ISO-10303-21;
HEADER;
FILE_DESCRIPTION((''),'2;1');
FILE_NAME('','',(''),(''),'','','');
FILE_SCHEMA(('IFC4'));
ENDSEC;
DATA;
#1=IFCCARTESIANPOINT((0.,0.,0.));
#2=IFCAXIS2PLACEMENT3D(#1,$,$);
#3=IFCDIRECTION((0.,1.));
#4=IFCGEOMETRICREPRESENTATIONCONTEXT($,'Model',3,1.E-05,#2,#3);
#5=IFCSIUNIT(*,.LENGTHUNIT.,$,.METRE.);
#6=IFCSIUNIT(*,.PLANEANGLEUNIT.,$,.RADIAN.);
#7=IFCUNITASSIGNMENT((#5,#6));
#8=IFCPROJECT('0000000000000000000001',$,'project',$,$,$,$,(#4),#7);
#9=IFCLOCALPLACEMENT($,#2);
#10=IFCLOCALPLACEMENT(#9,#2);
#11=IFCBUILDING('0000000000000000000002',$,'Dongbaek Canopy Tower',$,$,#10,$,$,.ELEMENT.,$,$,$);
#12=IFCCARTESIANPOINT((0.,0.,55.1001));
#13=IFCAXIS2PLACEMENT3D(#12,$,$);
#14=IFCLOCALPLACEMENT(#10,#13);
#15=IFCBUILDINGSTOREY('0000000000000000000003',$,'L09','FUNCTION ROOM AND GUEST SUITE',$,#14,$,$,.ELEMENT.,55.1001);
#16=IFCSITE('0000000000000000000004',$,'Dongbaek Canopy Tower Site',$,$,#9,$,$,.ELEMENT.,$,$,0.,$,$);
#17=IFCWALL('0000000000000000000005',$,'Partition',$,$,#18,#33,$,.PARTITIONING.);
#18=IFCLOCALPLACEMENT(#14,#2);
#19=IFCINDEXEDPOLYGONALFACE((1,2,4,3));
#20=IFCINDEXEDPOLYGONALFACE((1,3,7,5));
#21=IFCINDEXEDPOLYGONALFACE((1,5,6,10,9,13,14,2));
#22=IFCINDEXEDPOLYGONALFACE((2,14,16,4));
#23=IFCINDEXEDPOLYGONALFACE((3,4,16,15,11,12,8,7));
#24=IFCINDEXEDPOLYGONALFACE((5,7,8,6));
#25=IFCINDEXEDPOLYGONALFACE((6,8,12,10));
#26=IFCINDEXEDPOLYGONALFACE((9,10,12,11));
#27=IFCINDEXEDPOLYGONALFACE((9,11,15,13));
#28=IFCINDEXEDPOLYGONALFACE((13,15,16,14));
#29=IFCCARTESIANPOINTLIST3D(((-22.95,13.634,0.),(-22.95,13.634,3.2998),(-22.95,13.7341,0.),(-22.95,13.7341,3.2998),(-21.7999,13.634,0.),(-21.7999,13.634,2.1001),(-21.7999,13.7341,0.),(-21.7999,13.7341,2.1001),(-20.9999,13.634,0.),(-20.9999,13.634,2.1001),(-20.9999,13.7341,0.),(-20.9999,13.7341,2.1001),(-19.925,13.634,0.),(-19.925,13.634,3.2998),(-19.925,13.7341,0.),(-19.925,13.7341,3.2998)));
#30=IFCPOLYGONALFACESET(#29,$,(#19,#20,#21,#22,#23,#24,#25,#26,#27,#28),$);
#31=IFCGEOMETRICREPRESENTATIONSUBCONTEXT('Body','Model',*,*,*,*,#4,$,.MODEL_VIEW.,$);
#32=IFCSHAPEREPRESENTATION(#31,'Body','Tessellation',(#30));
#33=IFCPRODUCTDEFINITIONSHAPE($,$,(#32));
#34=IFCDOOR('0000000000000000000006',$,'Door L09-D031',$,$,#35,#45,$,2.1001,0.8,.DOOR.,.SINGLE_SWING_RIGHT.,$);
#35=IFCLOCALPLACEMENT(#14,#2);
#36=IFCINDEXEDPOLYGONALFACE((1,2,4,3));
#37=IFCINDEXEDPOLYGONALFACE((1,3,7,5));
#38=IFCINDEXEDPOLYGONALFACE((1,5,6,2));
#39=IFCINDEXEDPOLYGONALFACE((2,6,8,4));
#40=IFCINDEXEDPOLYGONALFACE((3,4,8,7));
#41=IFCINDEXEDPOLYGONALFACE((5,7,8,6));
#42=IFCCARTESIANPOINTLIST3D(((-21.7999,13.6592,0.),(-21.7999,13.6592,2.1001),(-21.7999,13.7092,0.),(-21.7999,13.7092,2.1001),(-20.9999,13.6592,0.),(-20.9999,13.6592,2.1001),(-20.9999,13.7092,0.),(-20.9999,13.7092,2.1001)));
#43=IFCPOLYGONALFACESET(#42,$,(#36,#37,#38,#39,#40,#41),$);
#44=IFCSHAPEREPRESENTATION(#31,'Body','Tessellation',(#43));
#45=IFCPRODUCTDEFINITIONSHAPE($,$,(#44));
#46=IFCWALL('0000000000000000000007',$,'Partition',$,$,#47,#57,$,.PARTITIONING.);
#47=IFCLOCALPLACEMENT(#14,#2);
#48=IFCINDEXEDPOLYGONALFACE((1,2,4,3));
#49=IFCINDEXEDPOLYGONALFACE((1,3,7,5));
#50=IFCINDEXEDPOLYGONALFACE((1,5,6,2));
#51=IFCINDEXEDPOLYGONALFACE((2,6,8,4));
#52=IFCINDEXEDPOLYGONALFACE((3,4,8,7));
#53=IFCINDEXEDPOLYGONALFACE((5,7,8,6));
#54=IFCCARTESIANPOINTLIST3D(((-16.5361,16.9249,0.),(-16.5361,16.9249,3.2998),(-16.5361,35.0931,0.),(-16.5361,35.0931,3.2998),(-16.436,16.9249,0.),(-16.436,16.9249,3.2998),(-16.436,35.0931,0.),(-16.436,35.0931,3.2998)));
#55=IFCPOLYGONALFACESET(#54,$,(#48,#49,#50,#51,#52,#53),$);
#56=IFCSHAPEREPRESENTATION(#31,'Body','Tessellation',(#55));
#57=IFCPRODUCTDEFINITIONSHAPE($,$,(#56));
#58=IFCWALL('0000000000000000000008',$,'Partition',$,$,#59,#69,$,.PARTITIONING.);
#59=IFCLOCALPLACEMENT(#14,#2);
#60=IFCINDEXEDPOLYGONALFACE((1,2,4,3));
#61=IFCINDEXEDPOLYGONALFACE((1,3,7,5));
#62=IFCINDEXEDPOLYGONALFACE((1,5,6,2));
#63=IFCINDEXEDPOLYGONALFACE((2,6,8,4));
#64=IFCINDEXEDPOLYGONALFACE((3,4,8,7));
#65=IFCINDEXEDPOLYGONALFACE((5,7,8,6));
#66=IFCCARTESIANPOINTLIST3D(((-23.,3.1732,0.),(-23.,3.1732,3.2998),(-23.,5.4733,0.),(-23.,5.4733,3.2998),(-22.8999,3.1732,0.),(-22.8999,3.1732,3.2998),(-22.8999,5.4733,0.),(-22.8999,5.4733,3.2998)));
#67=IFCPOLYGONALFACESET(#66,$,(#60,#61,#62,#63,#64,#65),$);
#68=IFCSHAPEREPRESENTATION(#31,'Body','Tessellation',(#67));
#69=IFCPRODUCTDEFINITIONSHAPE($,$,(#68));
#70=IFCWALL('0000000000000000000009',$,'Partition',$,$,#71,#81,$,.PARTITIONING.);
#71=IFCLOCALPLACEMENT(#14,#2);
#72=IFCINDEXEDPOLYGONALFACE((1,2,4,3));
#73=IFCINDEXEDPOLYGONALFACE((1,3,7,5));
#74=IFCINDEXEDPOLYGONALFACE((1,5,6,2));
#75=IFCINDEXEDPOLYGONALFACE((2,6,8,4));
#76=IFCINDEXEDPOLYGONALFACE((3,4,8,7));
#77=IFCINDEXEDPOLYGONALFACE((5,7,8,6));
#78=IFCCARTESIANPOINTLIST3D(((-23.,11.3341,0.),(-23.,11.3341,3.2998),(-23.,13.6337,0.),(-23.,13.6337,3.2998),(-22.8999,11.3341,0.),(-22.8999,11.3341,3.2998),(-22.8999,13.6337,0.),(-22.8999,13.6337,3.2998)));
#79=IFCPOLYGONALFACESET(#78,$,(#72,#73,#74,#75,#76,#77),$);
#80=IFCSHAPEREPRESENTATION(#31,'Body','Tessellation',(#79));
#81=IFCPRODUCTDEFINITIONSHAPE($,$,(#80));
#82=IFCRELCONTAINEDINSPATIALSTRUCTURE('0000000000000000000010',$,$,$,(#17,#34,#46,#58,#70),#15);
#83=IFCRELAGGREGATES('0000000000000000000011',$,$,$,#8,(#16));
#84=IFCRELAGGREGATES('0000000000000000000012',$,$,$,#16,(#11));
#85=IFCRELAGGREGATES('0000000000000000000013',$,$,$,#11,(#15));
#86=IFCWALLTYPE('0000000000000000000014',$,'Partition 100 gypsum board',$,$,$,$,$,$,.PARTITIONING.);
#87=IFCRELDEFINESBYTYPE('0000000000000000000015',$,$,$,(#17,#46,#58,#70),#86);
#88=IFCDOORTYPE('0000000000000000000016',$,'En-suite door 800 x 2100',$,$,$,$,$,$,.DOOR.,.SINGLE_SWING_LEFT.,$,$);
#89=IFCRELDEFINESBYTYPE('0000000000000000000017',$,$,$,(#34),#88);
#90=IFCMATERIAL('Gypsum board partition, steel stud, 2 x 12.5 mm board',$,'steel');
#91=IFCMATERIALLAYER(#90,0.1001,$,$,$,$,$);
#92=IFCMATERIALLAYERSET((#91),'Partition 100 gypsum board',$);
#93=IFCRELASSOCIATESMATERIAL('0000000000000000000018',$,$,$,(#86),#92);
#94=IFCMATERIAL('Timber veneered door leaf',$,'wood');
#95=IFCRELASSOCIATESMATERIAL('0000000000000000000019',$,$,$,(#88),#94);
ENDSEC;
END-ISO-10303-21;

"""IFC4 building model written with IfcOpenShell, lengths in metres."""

from ifc_helpers import new_model, si_unit, direction, frame, frame_2d, origin, place, context, subcontext, project, spatial, rectangle, extrude, material, layer, layer_set, type_object, element, fill, save


model = new_model("IFC4")

# Units and contexts
model_context = context("Model", 3, precision=1e-05, world=origin(), true_north=direction((0.0, 1.0)))
body_context = subcontext(model_context, "Body", "Model", "MODEL_VIEW")
ifc_project = project(units=[si_unit("LENGTHUNIT", "METRE"), si_unit("PLANEANGLEUNIT", "RADIAN")], contexts=[model_context])

# Site, building, storey
site_placement = place(None, origin())
site = spatial("IfcSite", under=ifc_project, at=site_placement, Name="Dongbaek Canopy Tower Site", CompositionType="ELEMENT", RefElevation=0.0)
building_placement = place(site_placement, origin())
building = spatial("IfcBuilding", under=site, at=building_placement, Name="Dongbaek Canopy Tower", CompositionType="ELEMENT")
storey_placement = place(building_placement, frame((0.0, 0.0, 55.1001)))
storey = spatial("IfcBuildingStorey", under=building, at=storey_placement, Name="L09", Description="FUNCTION ROOM AND GUEST SUITE", CompositionType="ELEMENT", Elevation=55.1001)

# Shared definitions
ifc_material_1 = material(Name="Gypsum board partition, steel stud, 2 x 12.5 mm board", Category="steel")
ifc_layer_1 = layer(ifc_material_1, 0.1001)
ifc_layer_set_1 = layer_set([ifc_layer_1], Name="Partition 100 gypsum board")
wall_type_1 = type_object("IfcWallType", Name="Partition 100 gypsum board", PredefinedType="PARTITIONING", material=ifc_layer_set_1)
ifc_material_2 = material(Name="Timber veneered door leaf", Category="wood")
door_type_1 = type_object("IfcDoorType", Name="En-suite door 800 x 2100", OperationType="SINGLE_SWING_LEFT", PredefinedType="DOOR", material=ifc_material_2)

# Wall, opening, door
wall_1_placement = place(storey_placement, frame((-19.925, 13.6841, 0.0), z_axis=(0.0, 0.0, 1.0), x_axis=(-1.0, 0.0, 0.0)))
wall_1 = element("IfcWall", 1, at=wall_1_placement, inside=storey, type_object=wall_type_1, Name="Partition", PredefinedType="PARTITIONING", context=body_context, shape_type="SweptSolid", body=[
    extrude(rectangle(XDim=3.0249, YDim=0.1001, at=frame_2d((1.5125, 0.0))), origin(), (0.0, 0.0, 1.0), 3.2998),
])
opening_1_placement = place(wall_1_placement, frame((1.075, 0.0, 0.0)))
opening_1 = element("IfcOpeningElement", 2, at=opening_1_placement, cuts=wall_1, PredefinedType="OPENING", context=body_context, shape_type="SweptSolid", body=[
    extrude(rectangle(XDim=0.8, YDim=2.1001, at=frame_2d((0.3999, 1.05))), frame((0.0, 0.0601, 0.0), z_axis=(0.0, -1.0, 0.0), x_axis=(1.0, 0.0, 0.0)), (0.0, 0.0, 1.0), 0.1201),
])
door_1_placement = place(opening_1_placement, origin())
door_1 = element("IfcDoor", 3, at=door_1_placement, inside=storey, type_object=door_type_1, Name="Door L09-D031", OperationType="SINGLE_SWING_RIGHT", OverallHeight=2.1001, OverallWidth=0.8, PredefinedType="DOOR", context=body_context, shape_type="SweptSolid", body=[
    extrude(rectangle(XDim=0.8, YDim=2.1001, at=frame_2d((0.3999, 1.05))), frame((0.0, 0.0249, 0.0), z_axis=(0.0, -1.0, 0.0), x_axis=(1.0, 0.0, 0.0)), (0.0, 0.0, 1.0), 0.05),
])
fill(opening_1, door_1)

# Walls
wall_2_placement = place(storey_placement, frame((-16.4861, 16.925, 0.0), z_axis=(0.0, 0.0, 1.0), x_axis=(0.0, 1.0, 0.0)))
element("IfcWall", 4, at=wall_2_placement, inside=storey, type_object=wall_type_1, Name="Partition", PredefinedType="PARTITIONING", context=body_context, shape_type="SweptSolid", body=[
    extrude(rectangle(XDim=18.1682, YDim=0.1001, at=frame_2d((9.084, 0.0))), origin(), (0.0, 0.0, 1.0), 3.2998),
])
wall_3_placement = place(storey_placement, frame((-22.95, 3.1733, 0.0), z_axis=(0.0, 0.0, 1.0), x_axis=(0.0, 1.0, 0.0)))
element("IfcWall", 5, at=wall_3_placement, inside=storey, type_object=wall_type_1, Name="Partition", PredefinedType="PARTITIONING", context=body_context, shape_type="SweptSolid", body=[
    extrude(rectangle(XDim=2.3, YDim=0.1001, at=frame_2d((1.1499, 0.0))), origin(), (0.0, 0.0, 1.0), 3.2998),
])
wall_4_placement = place(storey_placement, frame((-22.95, 11.334, 0.0), z_axis=(0.0, 0.0, 1.0), x_axis=(0.0, 1.0, 0.0)))
element("IfcWall", 6, at=wall_4_placement, inside=storey, type_object=wall_type_1, Name="Partition", PredefinedType="PARTITIONING", context=body_context, shape_type="SweptSolid", body=[
    extrude(rectangle(XDim=2.2996, YDim=0.1001, at=frame_2d((1.1499, 0.0))), origin(), (0.0, 0.0, 1.0), 3.2998),
])

save(model, "model.ifc")
